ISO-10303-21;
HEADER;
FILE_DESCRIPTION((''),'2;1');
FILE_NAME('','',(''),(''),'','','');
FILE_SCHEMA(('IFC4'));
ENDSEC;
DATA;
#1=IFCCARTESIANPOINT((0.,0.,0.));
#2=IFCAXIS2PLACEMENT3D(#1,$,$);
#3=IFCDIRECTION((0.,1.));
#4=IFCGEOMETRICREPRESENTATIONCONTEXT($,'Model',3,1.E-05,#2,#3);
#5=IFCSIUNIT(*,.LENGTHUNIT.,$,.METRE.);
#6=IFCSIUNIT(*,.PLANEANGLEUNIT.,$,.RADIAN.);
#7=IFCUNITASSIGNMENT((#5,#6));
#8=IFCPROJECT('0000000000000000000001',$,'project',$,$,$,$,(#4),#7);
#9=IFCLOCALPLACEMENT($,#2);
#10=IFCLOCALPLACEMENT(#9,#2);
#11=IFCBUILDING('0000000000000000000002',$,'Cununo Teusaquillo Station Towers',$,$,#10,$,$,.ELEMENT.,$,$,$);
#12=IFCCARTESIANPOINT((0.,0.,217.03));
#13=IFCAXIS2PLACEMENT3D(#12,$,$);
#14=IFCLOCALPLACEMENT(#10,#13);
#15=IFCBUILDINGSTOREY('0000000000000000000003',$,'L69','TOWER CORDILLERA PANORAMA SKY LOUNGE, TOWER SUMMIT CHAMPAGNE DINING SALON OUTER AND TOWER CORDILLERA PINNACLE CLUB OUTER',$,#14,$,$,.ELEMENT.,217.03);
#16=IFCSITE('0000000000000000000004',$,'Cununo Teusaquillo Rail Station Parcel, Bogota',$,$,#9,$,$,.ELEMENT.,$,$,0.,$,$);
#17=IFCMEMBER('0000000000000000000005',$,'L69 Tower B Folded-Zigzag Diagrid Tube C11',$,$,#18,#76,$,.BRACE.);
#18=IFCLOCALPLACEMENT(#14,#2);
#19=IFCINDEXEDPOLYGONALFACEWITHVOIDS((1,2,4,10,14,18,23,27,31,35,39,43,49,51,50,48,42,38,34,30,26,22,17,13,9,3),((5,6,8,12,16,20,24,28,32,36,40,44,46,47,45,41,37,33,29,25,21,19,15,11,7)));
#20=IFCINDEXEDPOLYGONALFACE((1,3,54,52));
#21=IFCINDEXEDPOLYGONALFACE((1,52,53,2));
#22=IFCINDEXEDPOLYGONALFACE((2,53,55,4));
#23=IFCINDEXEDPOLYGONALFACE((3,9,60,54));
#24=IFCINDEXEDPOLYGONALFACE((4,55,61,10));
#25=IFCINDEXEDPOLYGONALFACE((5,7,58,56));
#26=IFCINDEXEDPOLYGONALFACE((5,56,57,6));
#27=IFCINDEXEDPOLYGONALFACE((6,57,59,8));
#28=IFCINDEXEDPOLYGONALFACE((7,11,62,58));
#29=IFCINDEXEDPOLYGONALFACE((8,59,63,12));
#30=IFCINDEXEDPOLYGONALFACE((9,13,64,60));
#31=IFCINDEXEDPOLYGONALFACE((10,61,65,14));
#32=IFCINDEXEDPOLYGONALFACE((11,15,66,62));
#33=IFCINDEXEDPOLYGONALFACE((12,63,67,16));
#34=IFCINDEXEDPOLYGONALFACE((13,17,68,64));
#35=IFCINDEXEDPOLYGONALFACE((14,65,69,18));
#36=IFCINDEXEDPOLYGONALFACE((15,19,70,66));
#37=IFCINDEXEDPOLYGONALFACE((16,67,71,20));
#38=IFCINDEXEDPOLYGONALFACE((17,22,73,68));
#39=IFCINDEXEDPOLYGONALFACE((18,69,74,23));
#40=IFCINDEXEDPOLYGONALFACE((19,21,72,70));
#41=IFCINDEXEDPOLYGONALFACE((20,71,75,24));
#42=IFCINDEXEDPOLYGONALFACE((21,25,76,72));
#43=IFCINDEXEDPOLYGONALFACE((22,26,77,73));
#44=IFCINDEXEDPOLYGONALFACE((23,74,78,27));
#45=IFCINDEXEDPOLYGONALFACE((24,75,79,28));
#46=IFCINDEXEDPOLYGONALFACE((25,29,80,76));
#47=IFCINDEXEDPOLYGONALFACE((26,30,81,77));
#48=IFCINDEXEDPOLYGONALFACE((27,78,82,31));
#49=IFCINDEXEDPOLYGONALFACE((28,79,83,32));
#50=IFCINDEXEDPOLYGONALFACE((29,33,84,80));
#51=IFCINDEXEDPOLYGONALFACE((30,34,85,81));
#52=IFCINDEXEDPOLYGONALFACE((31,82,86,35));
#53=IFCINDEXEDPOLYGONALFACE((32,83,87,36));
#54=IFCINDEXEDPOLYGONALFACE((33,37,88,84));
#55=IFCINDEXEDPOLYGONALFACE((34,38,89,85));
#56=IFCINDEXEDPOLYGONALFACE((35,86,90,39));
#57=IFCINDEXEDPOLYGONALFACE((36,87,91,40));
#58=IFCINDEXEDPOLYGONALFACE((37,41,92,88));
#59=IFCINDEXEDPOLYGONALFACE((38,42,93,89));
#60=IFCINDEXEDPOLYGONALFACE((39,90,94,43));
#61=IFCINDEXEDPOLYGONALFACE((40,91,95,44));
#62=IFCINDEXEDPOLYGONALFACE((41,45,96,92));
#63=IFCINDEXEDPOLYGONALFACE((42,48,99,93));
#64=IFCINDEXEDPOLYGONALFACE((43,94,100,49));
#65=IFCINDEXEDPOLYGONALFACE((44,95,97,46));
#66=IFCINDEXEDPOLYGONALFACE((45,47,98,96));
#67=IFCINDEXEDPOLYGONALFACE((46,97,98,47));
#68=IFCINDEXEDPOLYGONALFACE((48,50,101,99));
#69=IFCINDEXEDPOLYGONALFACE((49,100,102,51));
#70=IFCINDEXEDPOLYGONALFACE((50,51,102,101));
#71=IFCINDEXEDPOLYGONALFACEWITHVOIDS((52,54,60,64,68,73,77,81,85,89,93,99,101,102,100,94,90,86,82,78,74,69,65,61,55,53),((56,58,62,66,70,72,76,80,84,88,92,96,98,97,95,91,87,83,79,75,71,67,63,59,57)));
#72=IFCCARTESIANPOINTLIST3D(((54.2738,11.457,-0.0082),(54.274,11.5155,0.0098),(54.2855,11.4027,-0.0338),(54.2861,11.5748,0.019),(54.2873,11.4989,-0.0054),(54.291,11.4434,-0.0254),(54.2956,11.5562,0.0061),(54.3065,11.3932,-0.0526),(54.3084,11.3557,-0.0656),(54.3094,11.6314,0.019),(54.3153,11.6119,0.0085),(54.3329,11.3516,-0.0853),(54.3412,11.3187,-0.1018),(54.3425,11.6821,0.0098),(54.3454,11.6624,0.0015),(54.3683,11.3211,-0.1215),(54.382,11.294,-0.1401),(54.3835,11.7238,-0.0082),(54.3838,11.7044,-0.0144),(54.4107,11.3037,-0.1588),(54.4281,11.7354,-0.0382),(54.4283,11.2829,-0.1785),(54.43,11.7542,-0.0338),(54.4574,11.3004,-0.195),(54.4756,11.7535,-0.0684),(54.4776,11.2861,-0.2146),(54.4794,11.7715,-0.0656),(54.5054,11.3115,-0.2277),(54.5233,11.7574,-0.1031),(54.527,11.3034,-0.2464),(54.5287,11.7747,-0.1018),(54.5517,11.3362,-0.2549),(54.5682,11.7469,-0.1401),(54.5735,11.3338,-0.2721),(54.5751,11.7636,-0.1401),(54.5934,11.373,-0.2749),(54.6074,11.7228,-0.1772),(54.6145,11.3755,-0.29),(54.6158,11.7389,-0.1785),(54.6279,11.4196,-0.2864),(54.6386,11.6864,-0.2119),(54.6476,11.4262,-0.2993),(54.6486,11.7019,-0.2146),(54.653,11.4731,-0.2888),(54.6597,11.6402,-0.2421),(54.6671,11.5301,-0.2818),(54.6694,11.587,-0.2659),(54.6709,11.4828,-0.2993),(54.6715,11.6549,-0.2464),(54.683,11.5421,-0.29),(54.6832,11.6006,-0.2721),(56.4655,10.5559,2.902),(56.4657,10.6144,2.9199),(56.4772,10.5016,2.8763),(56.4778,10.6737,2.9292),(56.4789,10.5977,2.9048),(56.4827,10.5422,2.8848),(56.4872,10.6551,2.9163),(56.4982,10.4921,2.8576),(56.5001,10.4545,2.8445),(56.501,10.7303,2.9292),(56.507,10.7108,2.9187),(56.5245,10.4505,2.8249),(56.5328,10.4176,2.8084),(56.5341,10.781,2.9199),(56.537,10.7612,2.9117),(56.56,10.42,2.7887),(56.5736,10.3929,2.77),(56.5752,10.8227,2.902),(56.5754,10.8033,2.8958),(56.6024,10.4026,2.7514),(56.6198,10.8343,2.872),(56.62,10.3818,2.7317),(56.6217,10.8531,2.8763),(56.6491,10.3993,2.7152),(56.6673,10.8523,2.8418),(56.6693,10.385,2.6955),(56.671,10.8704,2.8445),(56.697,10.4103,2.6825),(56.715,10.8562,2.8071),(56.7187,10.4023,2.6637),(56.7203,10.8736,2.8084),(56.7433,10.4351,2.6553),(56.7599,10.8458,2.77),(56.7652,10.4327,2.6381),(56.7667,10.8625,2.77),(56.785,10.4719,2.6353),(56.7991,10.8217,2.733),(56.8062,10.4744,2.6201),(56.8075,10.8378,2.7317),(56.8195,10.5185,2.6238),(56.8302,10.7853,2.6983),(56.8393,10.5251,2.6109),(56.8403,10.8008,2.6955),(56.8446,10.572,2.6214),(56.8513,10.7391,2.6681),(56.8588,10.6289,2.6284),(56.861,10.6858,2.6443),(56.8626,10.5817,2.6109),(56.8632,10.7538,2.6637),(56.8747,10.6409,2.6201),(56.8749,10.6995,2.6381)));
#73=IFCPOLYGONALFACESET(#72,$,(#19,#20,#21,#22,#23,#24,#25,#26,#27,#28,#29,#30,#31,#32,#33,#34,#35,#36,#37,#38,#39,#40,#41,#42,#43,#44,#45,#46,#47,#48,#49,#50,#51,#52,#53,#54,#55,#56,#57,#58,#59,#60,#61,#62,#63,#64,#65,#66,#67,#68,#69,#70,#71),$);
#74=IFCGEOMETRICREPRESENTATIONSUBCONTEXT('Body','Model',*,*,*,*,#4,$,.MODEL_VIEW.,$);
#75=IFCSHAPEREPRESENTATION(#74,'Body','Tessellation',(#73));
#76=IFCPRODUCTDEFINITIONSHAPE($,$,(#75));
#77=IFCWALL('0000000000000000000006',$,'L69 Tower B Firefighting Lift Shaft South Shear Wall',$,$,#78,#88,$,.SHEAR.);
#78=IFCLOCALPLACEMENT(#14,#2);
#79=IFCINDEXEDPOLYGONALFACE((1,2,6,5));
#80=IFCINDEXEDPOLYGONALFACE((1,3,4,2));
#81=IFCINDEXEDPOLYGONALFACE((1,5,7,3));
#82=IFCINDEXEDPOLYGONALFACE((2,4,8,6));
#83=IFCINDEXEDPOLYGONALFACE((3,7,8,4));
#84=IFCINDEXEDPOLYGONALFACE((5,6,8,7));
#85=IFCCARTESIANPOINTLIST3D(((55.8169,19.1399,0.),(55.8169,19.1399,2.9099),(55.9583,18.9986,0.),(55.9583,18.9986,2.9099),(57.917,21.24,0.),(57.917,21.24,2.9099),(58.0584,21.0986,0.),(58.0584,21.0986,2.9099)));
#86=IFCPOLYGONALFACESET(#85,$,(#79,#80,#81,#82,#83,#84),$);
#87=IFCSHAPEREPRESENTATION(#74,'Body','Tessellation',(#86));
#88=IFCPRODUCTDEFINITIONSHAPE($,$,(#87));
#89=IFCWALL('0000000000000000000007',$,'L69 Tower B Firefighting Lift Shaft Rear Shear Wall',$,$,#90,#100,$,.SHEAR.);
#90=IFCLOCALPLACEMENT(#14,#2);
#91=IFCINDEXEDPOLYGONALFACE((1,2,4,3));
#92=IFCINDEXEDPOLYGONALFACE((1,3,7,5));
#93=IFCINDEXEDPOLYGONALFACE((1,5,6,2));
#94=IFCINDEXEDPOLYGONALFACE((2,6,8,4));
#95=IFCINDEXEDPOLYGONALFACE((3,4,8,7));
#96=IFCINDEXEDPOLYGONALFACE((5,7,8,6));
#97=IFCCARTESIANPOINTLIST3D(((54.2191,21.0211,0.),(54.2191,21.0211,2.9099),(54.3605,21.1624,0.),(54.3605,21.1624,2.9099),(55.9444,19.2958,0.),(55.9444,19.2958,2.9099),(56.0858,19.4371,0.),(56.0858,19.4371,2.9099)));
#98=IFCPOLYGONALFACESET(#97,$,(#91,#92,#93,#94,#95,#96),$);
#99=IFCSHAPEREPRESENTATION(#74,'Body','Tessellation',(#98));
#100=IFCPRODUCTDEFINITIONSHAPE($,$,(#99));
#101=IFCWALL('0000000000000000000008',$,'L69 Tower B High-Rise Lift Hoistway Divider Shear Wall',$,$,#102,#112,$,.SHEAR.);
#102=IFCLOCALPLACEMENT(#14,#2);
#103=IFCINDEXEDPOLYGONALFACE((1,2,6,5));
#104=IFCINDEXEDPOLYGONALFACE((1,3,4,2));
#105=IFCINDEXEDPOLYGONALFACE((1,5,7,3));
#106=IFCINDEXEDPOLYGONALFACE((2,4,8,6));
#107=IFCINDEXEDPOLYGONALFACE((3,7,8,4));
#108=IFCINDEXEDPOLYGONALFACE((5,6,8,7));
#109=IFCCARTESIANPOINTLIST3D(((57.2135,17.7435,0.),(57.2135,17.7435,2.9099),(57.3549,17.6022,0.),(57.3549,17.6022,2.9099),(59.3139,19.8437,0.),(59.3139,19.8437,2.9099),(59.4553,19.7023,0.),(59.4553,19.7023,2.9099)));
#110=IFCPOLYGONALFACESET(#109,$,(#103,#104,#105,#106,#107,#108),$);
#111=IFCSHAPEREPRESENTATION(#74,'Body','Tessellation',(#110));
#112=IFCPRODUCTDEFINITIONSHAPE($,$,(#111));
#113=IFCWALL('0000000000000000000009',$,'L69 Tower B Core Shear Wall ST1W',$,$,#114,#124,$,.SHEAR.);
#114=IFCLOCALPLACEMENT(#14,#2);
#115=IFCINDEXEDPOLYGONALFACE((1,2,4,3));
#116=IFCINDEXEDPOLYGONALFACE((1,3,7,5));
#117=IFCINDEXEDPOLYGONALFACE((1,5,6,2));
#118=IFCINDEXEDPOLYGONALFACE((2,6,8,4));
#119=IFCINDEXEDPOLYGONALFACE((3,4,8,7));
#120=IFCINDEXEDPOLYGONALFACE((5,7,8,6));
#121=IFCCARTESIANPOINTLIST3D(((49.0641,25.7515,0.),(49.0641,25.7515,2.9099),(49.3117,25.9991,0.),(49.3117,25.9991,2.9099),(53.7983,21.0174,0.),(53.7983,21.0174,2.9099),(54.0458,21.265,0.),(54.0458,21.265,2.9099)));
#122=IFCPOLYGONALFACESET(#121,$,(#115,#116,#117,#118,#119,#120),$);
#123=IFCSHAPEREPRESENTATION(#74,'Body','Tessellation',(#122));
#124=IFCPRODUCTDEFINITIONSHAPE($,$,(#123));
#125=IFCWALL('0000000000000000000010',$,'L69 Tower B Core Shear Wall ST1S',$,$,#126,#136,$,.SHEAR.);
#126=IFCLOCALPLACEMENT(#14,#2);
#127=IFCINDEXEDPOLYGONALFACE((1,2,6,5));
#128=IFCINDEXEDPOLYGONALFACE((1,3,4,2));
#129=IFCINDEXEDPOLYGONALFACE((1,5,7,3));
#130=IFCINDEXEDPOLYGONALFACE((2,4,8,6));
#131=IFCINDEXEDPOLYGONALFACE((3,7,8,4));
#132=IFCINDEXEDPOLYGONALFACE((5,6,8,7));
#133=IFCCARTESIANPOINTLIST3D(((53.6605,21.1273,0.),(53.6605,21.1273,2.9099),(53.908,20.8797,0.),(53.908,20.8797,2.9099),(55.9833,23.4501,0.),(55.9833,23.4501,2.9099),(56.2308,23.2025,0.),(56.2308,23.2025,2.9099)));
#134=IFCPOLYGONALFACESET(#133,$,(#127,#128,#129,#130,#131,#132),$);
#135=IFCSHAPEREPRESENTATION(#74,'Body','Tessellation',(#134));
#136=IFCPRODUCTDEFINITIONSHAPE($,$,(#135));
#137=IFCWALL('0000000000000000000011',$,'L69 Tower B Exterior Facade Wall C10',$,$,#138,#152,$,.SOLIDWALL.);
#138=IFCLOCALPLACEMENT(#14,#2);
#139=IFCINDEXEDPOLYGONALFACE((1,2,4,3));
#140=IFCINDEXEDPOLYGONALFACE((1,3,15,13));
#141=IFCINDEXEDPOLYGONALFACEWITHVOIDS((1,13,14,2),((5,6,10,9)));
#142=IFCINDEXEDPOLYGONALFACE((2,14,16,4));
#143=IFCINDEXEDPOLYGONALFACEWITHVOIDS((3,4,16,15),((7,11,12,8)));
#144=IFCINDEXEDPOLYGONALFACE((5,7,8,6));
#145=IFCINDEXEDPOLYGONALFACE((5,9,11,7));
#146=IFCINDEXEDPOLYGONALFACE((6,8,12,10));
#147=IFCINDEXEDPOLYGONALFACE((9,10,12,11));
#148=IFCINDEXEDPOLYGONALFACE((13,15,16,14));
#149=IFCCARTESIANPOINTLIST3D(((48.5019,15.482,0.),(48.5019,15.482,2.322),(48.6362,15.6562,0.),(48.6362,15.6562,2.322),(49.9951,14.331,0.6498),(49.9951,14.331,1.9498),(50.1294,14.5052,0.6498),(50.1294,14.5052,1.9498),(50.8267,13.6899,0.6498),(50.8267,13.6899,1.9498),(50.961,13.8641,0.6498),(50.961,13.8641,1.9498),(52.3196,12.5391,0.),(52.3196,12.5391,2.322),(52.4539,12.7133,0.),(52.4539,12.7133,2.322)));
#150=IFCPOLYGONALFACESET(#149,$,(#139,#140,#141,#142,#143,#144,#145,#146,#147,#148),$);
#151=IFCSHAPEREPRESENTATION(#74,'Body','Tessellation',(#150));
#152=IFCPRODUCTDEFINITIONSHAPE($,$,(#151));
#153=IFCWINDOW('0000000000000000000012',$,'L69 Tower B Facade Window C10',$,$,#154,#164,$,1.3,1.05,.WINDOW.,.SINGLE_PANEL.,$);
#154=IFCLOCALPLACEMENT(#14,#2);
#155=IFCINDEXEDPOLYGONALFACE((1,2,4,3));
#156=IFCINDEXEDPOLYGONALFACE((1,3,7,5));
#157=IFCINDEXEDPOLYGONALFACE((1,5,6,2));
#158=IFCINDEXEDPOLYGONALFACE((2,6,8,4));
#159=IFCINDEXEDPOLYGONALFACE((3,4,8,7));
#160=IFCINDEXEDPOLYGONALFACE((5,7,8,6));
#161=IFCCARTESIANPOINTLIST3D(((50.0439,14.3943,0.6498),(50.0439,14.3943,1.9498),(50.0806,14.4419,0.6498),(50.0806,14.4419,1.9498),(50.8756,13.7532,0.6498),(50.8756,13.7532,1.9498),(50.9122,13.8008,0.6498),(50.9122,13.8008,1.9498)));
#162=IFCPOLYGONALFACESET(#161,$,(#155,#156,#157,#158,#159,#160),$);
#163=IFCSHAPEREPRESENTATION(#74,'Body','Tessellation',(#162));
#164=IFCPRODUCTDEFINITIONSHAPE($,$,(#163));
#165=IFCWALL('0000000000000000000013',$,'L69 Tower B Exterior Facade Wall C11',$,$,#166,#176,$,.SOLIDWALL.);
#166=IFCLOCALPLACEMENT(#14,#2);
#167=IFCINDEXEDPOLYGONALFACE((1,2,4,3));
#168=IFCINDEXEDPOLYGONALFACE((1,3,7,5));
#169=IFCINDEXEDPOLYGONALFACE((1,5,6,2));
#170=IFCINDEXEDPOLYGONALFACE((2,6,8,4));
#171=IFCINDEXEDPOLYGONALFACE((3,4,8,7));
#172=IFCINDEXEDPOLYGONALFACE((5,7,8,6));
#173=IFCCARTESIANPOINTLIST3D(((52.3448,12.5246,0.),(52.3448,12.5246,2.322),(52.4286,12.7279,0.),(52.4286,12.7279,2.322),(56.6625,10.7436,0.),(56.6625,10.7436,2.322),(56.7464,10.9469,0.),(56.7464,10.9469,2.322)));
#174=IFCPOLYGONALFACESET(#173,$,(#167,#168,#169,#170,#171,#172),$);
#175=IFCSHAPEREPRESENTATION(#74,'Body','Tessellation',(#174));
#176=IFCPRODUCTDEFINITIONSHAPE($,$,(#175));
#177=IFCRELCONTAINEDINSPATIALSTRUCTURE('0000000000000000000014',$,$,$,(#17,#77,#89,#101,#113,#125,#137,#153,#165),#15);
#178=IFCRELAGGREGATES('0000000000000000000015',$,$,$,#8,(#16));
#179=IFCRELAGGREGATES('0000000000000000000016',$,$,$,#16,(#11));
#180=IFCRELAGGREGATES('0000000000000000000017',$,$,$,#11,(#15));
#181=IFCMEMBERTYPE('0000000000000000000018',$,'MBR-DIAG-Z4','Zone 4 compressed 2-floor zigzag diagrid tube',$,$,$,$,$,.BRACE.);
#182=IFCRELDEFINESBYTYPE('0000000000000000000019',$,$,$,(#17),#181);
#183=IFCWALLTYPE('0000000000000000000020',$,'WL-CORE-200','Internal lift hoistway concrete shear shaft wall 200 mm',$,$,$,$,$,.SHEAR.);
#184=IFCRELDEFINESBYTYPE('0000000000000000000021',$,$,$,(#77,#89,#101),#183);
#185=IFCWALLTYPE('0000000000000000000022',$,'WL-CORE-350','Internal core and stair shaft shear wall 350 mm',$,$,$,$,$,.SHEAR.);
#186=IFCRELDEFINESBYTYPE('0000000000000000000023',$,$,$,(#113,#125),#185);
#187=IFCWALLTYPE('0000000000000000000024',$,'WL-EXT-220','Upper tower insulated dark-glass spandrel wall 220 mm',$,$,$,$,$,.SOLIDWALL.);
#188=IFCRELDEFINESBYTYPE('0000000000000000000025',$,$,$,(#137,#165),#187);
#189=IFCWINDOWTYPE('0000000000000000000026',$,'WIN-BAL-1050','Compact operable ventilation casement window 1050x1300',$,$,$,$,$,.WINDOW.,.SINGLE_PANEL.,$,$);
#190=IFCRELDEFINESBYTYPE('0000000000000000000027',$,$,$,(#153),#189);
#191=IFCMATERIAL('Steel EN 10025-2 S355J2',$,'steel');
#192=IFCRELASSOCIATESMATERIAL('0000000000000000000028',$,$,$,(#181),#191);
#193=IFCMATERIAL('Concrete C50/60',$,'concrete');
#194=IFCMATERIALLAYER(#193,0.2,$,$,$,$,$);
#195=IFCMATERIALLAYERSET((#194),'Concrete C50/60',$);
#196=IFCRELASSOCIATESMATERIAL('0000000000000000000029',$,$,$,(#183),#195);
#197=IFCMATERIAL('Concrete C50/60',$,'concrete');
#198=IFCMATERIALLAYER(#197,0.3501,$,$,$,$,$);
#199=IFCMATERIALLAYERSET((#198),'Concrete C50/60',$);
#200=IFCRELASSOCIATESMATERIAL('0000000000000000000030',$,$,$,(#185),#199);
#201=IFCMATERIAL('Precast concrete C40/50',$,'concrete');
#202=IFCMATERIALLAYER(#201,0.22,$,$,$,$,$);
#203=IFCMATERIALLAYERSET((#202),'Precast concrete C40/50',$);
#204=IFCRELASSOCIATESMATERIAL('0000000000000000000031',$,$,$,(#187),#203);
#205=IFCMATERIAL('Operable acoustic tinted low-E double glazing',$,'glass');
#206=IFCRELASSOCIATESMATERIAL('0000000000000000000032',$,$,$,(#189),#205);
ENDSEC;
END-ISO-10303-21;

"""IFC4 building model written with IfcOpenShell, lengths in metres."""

from ifc_helpers import new_model, si_unit, direction, frame, frame_2d, origin, origin_2d, place, context, subcontext, project, spatial, rectangle, hollow_circle, extrude, source, transform, mapped, material, layer, layer_set, material_profile, profile_set, type_object, element, fill, save


model = new_model("IFC4")

# Units and contexts
model_context = context("Model", 3, precision=1e-05, world=origin(), true_north=direction((0.0, 1.0)))
body_context = subcontext(model_context, "Body", "Model", "MODEL_VIEW")
ifc_project = project(units=[si_unit("LENGTHUNIT", "METRE"), si_unit("PLANEANGLEUNIT", "RADIAN")], contexts=[model_context])

# Site, building, storey
site_placement = place(None, origin())
site = spatial("IfcSite", under=ifc_project, at=site_placement, Name="Cununo Teusaquillo Rail Station Parcel, Bogota", CompositionType="ELEMENT", RefElevation=0.0)
building_placement = place(site_placement, origin())
building = spatial("IfcBuilding", under=site, at=building_placement, Name="Cununo Teusaquillo Station Towers", CompositionType="ELEMENT")
storey_placement = place(building_placement, frame((0.0, 0.0, 217.03)))
storey = spatial("IfcBuildingStorey", under=building, at=storey_placement, Name="L69", Description="TOWER CORDILLERA PANORAMA SKY LOUNGE, TOWER SUMMIT CHAMPAGNE DINING SALON OUTER AND TOWER CORDILLERA PINNACLE CLUB OUTER", CompositionType="ELEMENT", Elevation=217.03)

# Member
ifc_material_1 = material(Name="Steel EN 10025-2 S355J2", Category="steel")
ifc_material_profile_1 = material_profile(ifc_material_1, hollow_circle(Radius=0.2539, WallThickness=0.0181, at=origin_2d()), Name="CHS 508x18")
ifc_profile_set_1 = profile_set([ifc_material_profile_1], Name="Steel EN 10025-2 S355J2")
member_type = type_object("IfcMemberType", Name="MBR-DIAG-Z4", Description="Zone 4 compressed 2-floor zigzag diagrid tube", PredefinedType="BRACE", material=ifc_profile_set_1)
member_placement = place(storey_placement, frame((54.4785, 11.5288, -0.1401), z_axis=(0.583986, -0.240113, 0.775439), x_axis=(0.380273, 0.924874, 0.0)))
element("IfcMember", 1, at=member_placement, inside=storey, type_object=member_type, Name="L69 Tower B Folded-Zigzag Diagrid Tube C11", PredefinedType="BRACE", context=body_context, shape_type="SweptSolid", body=[
    extrude(hollow_circle(Radius=0.2539, WallThickness=0.0181, at=origin_2d()), origin(), (0.0, 0.0, 1.0), 3.7529),
])

# Walls
ifc_material_2 = material(Name="Concrete C50/60", Category="concrete")
ifc_layer_1 = layer(ifc_material_2, 0.2)
ifc_layer_set_1 = layer_set([ifc_layer_1], Name="Concrete C50/60")
wall_type_1 = type_object("IfcWallType", Name="WL-CORE-200", Description="Internal lift hoistway concrete shear shaft wall 200 mm", PredefinedType="SHEAR", material=ifc_layer_set_1)
wall_1_placement = place(storey_placement, frame((55.8877, 19.0693, 0.0), z_axis=(0.0, 0.0, 1.0), x_axis=(0.707107, 0.707107, 0.0)))
element("IfcWall", 2, at=wall_1_placement, inside=storey, type_object=wall_type_1, Name="L69 Tower B Firefighting Lift Shaft South Shear Wall", PredefinedType="SHEAR", context=body_context, shape_type="SweptSolid", body=[
    extrude(rectangle(XDim=2.97, YDim=0.2, at=frame_2d((1.4849, 0.0))), origin(), (0.0, 0.0, 1.0), 2.9099),
])
wall_2_placement = place(storey_placement, frame((56.0151, 19.3665, 0.0), z_axis=(0.0, 0.0, 1.0), x_axis=(-0.707107, 0.707107, 0.0)))
element("IfcWall", 3, at=wall_2_placement, inside=storey, type_object=wall_type_1, Name="L69 Tower B Firefighting Lift Shaft Rear Shear Wall", PredefinedType="SHEAR", context=body_context, shape_type="SweptSolid", body=[
    extrude(rectangle(XDim=2.4399, YDim=0.2, at=frame_2d((1.22, 0.0))), origin(), (0.0, 0.0, 1.0), 2.9099),
])
wall_3_placement = place(storey_placement, frame((57.2842, 17.6729, 0.0), z_axis=(0.0, 0.0, 1.0), x_axis=(0.707148, 0.707066, 0.0)))
element("IfcWall", 4, at=wall_3_placement, inside=storey, type_object=wall_type_1, Name="L69 Tower B High-Rise Lift Hoistway Divider Shear Wall", PredefinedType="SHEAR", context=body_context, shape_type="SweptSolid", body=[
    extrude(rectangle(XDim=2.9702, YDim=0.2, at=frame_2d((1.4851, 0.0))), origin(), (0.0, 0.0, 1.0), 2.9099),
])
ifc_material_3 = material(Name="Concrete C50/60", Category="concrete")
ifc_layer_2 = layer(ifc_material_3, 0.3501)
ifc_layer_set_2 = layer_set([ifc_layer_2], Name="Concrete C50/60")
wall_type_2 = type_object("IfcWallType", Name="WL-CORE-350", Description="Internal core and stair shaft shear wall 350 mm", PredefinedType="SHEAR", material=ifc_layer_set_2)
wall_4_placement = place(storey_placement, frame((53.9221, 21.1411, 0.0), z_axis=(0.0, 0.0, 1.0), x_axis=(-0.707107, 0.707107, 0.0)))
element("IfcWall", 5, at=wall_4_placement, inside=storey, type_object=wall_type_2, Name="L69 Tower B Core Shear Wall ST1W", PredefinedType="SHEAR", context=body_context, shape_type="SweptSolid", body=[
    extrude(rectangle(XDim=6.6951, YDim=0.3501, at=frame_2d((3.3477, 0.0))), origin(), (0.0, 0.0, 1.0), 2.9099),
])
wall_5_placement = place(storey_placement, frame((53.7842, 21.0034, 0.0), z_axis=(0.0, 0.0, 1.0), x_axis=(0.707107, 0.707107, 0.0)))
element("IfcWall", 6, at=wall_5_placement, inside=storey, type_object=wall_type_2, Name="L69 Tower B Core Shear Wall ST1S", PredefinedType="SHEAR", context=body_context, shape_type="SweptSolid", body=[
    extrude(rectangle(XDim=3.2849, YDim=0.3501, at=frame_2d((1.6426, 0.0))), origin(), (0.0, 0.0, 1.0), 2.9099),
])

# Wall, opening, window
ifc_material_4 = material(Name="Precast concrete C40/50", Category="concrete")
ifc_layer_3 = layer(ifc_material_4, 0.22)
ifc_layer_set_3 = layer_set([ifc_layer_3], Name="Precast concrete C40/50")
wall_type_3 = type_object("IfcWallType", Name="WL-EXT-220", Description="Upper tower insulated dark-glass spandrel wall 220 mm", PredefinedType="SOLIDWALL", material=ifc_layer_set_3)
wall_6_placement = place(storey_placement, frame((52.3867, 12.6262, 0.0), z_axis=(0.0, 0.0, 1.0), x_axis=(-0.791998, 0.610523, 0.0)))
wall_6 = element("IfcWall", 7, at=wall_6_placement, inside=storey, type_object=wall_type_3, Name="L69 Tower B Exterior Facade Wall C10", PredefinedType="SOLIDWALL", context=body_context, shape_type="SweptSolid", body=[
    extrude(rectangle(XDim=4.8203, YDim=0.22, at=frame_2d((2.4102, 0.0))), origin(), (0.0, 0.0, 1.0), 2.322),
])
shared_shape_1 = source(origin(), body_context, "Body", "SweptSolid", [
    extrude(rectangle(XDim=1.05, YDim=1.3, at=frame_2d((0.5249, 0.6499))), frame((0.0, 0.1199, 0.0), z_axis=(0.0, -1.0, 0.0), x_axis=(1.0, 0.0, 0.0)), (0.0, 0.0, 1.0), 0.24),
])
opening_1_placement = place(wall_6_placement, frame((1.885, 0.0, 0.6499)))
opening_1 = element("IfcOpeningElement", 8, at=opening_1_placement, cuts=wall_6, PredefinedType="OPENING", context=body_context, shape_type="MappedRepresentation", body=[
    mapped(shared_shape_1, transform((0.0, 0.0, 0.0), x_axis=(1.0, 0.0, 0.0), y_axis=(0.0, 1.0, 0.0), z_axis=(0.0, 0.0, 1.0), scale=1.0)),
])
ifc_material_5 = material(Name="Operable acoustic tinted low-E double glazing", Category="glass")
window_type = type_object("IfcWindowType", Name="WIN-BAL-1050", Description="Compact operable ventilation casement window 1050x1300", PartitioningType="SINGLE_PANEL", PredefinedType="WINDOW", material=ifc_material_5)
shared_shape_2 = source(origin(), body_context, "Body", "SweptSolid", [
    extrude(rectangle(XDim=1.05, YDim=1.3, at=frame_2d((0.5249, 0.6499))), frame((0.0, 0.03, 0.0), z_axis=(0.0, -1.0, 0.0), x_axis=(1.0, 0.0, 0.0)), (0.0, 0.0, 1.0), 0.0601),
])
window_placement = place(opening_1_placement, origin())
window = element("IfcWindow", 9, at=window_placement, inside=storey, type_object=window_type, Name="L69 Tower B Facade Window C10", OverallHeight=1.3, OverallWidth=1.05, PartitioningType="SINGLE_PANEL", PredefinedType="WINDOW", context=body_context, shape_type="MappedRepresentation", body=[
    mapped(shared_shape_2, transform((0.0, 0.0, 0.0), x_axis=(1.0, 0.0, 0.0), y_axis=(0.0, 1.0, 0.0), z_axis=(0.0, 0.0, 1.0), scale=1.0)),
])
fill(opening_1, window)

# Wall
wall_7_placement = place(storey_placement, frame((56.7046, 10.8452, 0.0), z_axis=(0.0, 0.0, 1.0), x_axis=(-0.924447, 0.38131, 0.0)))
element("IfcWall", 10, at=wall_7_placement, inside=storey, type_object=wall_type_3, Name="L69 Tower B Exterior Facade Wall C11", PredefinedType="SOLIDWALL", context=body_context, shape_type="SweptSolid", body=[
    extrude(rectangle(XDim=4.6707, YDim=0.22, at=frame_2d((2.3354, 0.0))), origin(), (0.0, 0.0, 1.0), 2.322),
])

save(model, "model.ifc")
